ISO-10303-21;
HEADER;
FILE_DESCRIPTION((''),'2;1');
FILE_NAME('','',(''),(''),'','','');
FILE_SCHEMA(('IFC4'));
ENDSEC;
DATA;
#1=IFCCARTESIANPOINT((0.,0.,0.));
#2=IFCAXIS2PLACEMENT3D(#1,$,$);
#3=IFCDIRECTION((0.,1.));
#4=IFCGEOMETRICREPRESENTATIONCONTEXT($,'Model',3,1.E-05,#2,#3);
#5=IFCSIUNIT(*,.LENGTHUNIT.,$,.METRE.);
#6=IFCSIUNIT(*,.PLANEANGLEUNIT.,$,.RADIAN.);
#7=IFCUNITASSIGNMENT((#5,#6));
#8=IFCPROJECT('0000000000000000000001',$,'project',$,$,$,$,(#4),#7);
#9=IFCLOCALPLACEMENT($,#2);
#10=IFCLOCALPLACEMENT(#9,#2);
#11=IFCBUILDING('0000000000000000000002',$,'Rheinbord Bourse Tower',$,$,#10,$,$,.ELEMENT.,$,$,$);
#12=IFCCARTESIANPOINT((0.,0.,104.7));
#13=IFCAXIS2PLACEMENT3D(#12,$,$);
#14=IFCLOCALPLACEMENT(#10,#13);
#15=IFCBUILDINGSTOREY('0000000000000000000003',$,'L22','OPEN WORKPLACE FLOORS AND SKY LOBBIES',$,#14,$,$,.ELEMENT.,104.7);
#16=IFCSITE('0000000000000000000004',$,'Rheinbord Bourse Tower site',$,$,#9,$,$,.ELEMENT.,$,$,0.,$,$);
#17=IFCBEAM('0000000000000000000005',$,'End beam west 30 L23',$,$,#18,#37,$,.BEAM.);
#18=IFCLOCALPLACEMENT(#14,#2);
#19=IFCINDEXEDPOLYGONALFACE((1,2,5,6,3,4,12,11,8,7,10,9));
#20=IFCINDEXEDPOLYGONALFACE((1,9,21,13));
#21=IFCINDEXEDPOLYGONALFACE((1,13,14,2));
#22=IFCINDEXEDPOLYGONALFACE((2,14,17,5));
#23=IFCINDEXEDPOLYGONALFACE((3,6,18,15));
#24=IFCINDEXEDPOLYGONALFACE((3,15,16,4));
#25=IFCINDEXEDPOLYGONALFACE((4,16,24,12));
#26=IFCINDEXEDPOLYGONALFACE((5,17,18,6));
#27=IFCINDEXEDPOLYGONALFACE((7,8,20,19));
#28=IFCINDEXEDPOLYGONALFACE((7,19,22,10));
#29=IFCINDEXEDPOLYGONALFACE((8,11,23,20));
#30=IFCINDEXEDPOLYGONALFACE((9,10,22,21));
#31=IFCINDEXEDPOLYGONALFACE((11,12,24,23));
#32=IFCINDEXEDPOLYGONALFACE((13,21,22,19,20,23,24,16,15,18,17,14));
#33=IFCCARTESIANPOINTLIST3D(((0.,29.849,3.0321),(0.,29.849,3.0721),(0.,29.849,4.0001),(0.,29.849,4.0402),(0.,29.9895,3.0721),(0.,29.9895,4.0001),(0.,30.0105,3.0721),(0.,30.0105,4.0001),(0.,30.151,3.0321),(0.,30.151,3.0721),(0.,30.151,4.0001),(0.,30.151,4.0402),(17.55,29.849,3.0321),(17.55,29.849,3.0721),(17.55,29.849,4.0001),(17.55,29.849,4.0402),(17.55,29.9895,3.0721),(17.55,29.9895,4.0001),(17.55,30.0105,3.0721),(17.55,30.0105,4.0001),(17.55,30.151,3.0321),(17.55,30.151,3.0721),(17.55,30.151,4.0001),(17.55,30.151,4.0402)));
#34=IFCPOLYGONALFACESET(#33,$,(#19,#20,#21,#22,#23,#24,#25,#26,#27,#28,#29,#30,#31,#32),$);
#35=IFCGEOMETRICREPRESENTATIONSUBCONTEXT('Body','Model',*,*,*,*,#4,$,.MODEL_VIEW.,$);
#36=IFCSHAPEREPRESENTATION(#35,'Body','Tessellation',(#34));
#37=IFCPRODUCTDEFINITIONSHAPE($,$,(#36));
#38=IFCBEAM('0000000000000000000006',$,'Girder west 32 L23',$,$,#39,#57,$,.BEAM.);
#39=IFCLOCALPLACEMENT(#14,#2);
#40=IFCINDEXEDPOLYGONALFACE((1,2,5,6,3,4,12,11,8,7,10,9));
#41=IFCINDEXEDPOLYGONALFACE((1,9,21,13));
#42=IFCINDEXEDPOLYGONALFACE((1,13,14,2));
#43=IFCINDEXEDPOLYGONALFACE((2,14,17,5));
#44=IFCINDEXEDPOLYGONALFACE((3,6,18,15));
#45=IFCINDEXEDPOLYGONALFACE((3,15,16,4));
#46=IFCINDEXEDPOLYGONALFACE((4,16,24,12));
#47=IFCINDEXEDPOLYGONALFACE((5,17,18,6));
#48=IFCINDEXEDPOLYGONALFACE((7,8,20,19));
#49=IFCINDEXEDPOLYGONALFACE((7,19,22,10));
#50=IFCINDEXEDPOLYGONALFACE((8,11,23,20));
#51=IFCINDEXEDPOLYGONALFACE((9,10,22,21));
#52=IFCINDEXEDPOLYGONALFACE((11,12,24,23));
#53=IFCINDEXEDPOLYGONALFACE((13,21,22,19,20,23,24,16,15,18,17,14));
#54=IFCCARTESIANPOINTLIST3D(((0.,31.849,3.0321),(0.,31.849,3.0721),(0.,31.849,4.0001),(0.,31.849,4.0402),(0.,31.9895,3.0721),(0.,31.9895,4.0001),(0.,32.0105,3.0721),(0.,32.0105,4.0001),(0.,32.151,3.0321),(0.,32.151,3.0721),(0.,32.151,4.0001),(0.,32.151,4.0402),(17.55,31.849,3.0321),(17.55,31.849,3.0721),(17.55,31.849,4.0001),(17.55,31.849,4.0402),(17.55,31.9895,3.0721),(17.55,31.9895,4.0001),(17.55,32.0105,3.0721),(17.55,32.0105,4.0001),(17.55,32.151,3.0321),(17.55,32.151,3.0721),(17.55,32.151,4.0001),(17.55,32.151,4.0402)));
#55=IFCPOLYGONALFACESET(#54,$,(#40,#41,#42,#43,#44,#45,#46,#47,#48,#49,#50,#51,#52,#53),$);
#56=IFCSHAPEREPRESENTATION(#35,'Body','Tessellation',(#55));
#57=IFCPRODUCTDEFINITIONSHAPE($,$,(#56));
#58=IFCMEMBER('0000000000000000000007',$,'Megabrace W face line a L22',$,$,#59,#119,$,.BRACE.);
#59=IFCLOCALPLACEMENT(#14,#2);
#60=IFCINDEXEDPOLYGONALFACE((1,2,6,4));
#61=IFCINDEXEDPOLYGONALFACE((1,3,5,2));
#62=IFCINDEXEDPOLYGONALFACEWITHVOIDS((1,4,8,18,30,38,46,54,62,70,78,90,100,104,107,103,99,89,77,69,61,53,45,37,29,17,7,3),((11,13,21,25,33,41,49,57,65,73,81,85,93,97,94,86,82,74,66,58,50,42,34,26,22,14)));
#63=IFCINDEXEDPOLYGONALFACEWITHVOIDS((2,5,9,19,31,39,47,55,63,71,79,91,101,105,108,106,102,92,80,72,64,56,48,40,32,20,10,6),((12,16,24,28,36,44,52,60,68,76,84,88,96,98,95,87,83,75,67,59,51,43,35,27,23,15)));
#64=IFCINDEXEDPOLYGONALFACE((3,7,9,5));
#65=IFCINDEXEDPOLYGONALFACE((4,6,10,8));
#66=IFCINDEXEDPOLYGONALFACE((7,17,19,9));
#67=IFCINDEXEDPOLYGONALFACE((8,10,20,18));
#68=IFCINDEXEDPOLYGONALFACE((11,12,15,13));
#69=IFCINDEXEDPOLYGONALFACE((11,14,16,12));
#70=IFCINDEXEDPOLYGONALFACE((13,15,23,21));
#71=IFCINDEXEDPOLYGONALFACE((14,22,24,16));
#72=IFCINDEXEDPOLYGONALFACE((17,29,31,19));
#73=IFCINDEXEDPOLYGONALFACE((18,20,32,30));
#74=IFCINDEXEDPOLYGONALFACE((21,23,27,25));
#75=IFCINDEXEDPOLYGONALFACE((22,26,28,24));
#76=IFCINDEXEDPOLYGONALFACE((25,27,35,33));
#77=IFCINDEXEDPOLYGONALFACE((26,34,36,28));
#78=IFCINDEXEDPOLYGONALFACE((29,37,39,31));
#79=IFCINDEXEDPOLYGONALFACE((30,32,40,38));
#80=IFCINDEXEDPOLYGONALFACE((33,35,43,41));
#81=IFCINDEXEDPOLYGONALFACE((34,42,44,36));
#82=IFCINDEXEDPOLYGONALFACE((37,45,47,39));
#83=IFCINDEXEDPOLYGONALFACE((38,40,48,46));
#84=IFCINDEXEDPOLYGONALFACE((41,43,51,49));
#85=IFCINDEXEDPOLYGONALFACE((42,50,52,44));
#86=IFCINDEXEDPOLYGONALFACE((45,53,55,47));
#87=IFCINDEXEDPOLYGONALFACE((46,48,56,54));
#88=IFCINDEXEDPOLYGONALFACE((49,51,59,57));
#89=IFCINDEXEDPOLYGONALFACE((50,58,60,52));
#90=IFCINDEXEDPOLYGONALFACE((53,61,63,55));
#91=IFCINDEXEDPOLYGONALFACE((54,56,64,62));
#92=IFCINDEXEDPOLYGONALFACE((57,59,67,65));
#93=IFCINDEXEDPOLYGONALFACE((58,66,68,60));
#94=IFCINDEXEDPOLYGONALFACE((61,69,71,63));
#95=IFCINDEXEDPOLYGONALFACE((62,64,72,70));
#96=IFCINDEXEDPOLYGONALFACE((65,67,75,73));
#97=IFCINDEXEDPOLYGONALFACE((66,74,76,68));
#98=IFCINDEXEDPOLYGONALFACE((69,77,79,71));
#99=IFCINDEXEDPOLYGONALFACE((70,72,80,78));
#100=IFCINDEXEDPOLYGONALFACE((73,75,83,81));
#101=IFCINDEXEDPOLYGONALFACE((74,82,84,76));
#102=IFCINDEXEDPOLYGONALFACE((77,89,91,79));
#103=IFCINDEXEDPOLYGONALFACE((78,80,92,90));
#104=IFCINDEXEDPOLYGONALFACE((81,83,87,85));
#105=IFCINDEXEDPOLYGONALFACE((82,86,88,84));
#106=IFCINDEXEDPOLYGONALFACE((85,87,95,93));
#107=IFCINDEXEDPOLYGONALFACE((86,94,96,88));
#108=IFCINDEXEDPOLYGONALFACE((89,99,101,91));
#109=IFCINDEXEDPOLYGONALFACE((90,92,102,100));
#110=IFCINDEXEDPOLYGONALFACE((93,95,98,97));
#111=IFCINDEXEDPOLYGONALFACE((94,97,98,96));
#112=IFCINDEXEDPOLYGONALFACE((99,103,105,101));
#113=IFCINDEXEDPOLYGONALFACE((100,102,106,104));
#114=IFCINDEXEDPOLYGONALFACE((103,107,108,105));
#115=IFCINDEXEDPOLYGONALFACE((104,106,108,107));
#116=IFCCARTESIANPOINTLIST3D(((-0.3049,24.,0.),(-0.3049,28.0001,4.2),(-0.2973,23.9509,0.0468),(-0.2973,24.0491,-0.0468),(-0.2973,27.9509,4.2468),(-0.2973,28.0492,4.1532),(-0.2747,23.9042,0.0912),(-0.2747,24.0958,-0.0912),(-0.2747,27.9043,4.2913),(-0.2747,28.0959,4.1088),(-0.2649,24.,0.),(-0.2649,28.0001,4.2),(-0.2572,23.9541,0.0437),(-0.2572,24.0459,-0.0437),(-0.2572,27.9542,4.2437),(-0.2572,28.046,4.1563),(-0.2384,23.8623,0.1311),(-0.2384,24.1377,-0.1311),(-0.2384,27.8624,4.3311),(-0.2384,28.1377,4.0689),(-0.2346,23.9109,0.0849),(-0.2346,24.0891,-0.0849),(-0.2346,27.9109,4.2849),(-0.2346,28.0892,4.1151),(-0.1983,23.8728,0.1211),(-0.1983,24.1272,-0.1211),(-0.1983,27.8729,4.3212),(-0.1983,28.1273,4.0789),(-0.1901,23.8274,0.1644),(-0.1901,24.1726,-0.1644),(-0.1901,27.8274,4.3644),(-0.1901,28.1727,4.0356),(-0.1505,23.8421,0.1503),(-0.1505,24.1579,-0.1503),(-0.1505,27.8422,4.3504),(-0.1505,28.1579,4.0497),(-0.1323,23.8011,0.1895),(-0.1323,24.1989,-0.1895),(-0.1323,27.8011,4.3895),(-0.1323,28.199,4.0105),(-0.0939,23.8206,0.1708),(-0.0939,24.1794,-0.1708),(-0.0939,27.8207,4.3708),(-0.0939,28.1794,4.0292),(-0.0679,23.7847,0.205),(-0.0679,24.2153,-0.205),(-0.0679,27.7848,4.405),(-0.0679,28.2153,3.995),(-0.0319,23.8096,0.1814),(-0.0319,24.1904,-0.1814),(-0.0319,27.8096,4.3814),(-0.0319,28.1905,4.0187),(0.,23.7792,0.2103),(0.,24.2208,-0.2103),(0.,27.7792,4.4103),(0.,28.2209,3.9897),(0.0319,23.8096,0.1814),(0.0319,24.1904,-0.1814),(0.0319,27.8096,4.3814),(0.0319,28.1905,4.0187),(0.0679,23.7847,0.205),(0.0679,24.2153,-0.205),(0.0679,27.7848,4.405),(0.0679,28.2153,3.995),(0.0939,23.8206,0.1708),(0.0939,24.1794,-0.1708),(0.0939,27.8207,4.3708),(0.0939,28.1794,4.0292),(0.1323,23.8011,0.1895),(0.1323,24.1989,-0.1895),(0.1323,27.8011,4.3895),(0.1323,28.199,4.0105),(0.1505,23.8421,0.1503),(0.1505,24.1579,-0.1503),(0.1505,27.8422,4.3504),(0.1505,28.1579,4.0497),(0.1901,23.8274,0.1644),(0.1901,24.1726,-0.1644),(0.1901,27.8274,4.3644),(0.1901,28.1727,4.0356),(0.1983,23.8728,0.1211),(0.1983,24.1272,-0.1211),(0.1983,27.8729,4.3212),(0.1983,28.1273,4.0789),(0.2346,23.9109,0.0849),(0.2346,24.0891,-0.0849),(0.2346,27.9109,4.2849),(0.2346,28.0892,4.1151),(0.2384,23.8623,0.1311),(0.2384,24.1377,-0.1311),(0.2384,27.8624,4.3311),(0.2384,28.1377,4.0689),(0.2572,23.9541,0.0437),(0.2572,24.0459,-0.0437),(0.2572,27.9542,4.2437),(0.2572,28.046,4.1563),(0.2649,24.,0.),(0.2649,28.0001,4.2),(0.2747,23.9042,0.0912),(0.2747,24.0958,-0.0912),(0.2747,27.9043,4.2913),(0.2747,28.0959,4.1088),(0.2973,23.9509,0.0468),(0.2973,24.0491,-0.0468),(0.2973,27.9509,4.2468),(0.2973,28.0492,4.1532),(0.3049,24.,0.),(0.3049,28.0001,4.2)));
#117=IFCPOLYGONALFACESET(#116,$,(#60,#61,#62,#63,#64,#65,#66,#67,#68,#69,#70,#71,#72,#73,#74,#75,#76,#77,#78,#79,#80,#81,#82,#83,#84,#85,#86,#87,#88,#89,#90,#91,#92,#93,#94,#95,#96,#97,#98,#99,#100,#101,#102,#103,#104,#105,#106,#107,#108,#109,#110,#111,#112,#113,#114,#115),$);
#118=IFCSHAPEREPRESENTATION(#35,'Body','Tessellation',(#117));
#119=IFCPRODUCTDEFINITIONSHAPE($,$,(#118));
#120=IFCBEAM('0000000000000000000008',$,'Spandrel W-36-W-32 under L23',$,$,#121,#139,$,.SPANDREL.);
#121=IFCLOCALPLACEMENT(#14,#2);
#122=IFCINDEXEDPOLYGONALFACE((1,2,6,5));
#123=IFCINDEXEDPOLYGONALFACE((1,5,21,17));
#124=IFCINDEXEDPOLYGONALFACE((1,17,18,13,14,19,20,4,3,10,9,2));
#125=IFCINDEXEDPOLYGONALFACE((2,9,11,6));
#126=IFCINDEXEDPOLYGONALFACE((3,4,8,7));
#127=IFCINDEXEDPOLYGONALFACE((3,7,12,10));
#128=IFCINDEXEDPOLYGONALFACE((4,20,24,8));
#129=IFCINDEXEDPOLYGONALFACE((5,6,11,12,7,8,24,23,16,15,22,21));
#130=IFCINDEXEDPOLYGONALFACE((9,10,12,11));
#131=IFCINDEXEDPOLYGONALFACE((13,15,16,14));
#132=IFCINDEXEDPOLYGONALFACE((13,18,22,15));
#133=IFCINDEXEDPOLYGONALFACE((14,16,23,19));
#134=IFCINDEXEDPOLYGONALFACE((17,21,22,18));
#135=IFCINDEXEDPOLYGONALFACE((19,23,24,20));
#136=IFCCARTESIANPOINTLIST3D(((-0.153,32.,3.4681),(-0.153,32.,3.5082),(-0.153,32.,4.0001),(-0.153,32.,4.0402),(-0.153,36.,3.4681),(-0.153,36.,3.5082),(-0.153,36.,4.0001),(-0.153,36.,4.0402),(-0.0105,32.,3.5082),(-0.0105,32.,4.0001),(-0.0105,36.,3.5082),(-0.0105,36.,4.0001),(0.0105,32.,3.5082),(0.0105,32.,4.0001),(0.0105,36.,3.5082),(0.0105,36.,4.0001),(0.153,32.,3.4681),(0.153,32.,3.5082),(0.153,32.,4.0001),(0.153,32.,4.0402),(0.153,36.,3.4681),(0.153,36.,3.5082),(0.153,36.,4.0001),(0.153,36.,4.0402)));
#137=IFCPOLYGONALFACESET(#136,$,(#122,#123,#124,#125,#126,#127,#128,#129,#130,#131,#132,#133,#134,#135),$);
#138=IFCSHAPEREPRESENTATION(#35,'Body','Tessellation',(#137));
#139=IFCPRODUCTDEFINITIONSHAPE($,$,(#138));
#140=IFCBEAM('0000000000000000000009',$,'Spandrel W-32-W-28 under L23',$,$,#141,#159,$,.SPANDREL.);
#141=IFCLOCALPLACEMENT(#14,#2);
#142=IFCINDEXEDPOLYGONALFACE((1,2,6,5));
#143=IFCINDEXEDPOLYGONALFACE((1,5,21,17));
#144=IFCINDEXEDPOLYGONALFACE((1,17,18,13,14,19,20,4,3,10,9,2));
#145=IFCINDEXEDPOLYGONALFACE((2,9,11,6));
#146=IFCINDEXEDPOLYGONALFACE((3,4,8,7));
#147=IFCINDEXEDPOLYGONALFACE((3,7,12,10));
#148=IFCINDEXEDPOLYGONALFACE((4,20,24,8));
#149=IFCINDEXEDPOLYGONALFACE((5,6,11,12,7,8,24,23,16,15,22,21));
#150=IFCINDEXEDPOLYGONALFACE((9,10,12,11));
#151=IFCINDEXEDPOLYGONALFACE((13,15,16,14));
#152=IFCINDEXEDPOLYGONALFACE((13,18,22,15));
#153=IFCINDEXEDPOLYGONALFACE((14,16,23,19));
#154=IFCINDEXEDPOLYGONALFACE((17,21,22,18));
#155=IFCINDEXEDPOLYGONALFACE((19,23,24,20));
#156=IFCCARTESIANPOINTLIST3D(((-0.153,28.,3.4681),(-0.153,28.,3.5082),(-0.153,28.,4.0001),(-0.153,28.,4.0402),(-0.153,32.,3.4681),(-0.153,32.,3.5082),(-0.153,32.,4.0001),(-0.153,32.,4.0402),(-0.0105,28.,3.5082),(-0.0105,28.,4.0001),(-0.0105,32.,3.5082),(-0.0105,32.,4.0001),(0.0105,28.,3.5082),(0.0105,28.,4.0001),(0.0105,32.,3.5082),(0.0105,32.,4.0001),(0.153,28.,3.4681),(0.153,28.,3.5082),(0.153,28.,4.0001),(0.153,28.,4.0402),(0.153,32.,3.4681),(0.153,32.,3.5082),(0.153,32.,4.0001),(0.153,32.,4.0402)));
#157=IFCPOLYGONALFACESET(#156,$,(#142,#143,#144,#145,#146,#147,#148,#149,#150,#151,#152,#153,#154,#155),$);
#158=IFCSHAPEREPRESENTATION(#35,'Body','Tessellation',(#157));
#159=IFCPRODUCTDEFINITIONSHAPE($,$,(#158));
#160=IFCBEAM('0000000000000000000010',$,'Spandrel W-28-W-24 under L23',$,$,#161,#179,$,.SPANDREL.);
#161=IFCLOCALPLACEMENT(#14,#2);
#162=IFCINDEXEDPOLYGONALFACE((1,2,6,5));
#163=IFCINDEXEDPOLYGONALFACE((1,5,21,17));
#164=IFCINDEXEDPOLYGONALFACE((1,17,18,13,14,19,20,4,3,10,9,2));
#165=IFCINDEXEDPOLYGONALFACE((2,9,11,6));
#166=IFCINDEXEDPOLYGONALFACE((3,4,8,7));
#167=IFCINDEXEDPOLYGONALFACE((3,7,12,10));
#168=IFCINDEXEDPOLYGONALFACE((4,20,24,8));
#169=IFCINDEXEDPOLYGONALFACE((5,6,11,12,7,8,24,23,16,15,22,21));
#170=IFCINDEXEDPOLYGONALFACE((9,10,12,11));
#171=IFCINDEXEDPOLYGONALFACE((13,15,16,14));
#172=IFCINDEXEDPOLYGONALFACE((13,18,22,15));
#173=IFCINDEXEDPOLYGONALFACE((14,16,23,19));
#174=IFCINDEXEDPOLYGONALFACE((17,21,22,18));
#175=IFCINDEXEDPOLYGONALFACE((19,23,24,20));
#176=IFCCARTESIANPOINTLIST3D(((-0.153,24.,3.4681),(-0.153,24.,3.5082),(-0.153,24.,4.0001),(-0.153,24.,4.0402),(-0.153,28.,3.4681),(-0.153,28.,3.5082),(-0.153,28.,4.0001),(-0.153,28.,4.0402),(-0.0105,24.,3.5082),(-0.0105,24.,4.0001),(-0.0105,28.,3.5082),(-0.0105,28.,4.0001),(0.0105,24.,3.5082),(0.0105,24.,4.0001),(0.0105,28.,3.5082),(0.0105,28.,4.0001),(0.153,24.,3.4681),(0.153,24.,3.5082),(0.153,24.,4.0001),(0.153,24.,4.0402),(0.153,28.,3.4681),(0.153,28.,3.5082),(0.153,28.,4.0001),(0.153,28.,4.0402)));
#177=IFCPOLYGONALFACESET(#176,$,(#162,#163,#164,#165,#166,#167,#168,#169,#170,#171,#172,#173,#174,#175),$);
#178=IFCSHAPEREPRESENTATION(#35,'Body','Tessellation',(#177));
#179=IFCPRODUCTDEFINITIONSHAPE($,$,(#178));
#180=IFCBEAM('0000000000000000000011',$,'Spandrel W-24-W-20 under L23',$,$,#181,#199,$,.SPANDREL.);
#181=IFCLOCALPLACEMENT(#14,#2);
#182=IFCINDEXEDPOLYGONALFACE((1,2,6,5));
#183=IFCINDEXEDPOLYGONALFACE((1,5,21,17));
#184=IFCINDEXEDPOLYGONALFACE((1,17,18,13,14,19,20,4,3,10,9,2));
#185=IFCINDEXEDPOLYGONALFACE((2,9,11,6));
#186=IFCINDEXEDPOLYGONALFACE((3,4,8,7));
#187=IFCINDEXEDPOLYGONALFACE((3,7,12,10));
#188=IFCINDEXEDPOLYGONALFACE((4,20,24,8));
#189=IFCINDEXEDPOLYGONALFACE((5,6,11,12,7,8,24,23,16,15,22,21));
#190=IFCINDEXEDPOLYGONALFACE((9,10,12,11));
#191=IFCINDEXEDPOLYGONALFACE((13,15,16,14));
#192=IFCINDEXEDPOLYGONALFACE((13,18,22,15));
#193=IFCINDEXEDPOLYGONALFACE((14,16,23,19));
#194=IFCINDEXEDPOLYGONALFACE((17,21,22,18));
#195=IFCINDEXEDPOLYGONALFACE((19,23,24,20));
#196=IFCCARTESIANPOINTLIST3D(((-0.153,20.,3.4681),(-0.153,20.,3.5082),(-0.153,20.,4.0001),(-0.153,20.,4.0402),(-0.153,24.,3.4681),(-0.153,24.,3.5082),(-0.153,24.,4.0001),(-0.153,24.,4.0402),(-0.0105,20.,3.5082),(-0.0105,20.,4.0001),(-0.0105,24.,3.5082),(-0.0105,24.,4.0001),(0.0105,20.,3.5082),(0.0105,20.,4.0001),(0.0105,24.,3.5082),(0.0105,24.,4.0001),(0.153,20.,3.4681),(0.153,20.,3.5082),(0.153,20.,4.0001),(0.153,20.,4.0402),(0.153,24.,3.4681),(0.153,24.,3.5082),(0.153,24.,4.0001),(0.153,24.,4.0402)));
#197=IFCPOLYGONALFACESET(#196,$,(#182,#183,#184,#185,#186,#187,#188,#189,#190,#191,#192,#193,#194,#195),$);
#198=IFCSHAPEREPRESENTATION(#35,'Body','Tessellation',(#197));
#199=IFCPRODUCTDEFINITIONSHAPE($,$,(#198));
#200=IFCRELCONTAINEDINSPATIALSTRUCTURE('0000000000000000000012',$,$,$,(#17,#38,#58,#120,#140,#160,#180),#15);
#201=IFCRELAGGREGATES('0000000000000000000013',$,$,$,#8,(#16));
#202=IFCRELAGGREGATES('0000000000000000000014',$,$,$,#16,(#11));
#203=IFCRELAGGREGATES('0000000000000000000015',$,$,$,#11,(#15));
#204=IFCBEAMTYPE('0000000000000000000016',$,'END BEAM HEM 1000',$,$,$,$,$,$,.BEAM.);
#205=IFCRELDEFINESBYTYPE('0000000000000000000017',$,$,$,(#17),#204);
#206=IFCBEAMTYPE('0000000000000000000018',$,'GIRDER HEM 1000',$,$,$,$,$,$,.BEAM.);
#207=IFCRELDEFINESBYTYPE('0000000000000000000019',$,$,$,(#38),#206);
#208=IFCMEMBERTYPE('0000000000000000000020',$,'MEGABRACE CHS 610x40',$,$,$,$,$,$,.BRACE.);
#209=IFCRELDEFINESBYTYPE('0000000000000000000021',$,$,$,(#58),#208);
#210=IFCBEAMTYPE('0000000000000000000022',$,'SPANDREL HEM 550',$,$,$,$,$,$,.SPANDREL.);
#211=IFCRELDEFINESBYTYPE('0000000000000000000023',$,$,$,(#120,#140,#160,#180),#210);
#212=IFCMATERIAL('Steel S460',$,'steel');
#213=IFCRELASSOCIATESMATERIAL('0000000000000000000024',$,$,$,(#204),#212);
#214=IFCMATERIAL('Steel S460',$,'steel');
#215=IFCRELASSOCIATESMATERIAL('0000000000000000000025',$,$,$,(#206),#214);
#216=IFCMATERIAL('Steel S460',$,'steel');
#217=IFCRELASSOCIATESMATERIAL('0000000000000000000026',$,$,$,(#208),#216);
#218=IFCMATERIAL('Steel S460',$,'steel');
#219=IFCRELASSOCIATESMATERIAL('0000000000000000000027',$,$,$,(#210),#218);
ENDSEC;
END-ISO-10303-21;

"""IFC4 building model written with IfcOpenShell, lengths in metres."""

from ifc_helpers import new_model, si_unit, direction, frame, origin, origin_2d, place, context, subcontext, project, spatial, hollow_circle, i_section, extrude, material, material_profile, profile_set, type_object, element, save


model = new_model("IFC4")

# Units and contexts
model_context = context("Model", 3, precision=1e-05, world=origin(), true_north=direction((0.0, 1.0)))
body_context = subcontext(model_context, "Body", "Model", "MODEL_VIEW")
ifc_project = project(units=[si_unit("LENGTHUNIT", "METRE"), si_unit("PLANEANGLEUNIT", "RADIAN")], contexts=[model_context])

# Site, building, storey
site_placement = place(None, origin())
site = spatial("IfcSite", under=ifc_project, at=site_placement, Name="Rheinbord Bourse Tower site", CompositionType="ELEMENT", RefElevation=0.0)
building_placement = place(site_placement, origin())
building = spatial("IfcBuilding", under=site, at=building_placement, Name="Rheinbord Bourse Tower", CompositionType="ELEMENT")
storey_placement = place(building_placement, frame((0.0, 0.0, 104.7)))
storey = spatial("IfcBuildingStorey", under=building, at=storey_placement, Name="L22", Description="OPEN WORKPLACE FLOORS AND SKY LOBBIES", CompositionType="ELEMENT", Elevation=104.7)

# Beams
ifc_material_1 = material(Name="Steel S460", Category="steel")
ifc_material_profile_1 = material_profile(ifc_material_1, i_section(OverallWidth=0.302, OverallDepth=1.0081, WebThickness=0.021, FlangeThickness=0.04, at=origin_2d()), Name="HEM 1000")
ifc_profile_set_1 = profile_set([ifc_material_profile_1], Name="Steel S460")
beam_type_1 = type_object("IfcBeamType", Name="END BEAM HEM 1000", PredefinedType="BEAM", material=ifc_profile_set_1)
for number, where, z_axis, x_axis, name in (
    (1, (0.0, 30.0, 3.5361), (1.0, 0.0, 0.0), (0.0, 1.0, 0.0), "End beam west 30 L23"),
):
    element("IfcBeam", number, at=place(storey_placement, frame(where, z_axis=z_axis, x_axis=x_axis)), inside=storey, type_object=beam_type_1, Name=name, PredefinedType="BEAM", context=body_context, shape_type="SweptSolid", body=[
        extrude(i_section(OverallWidth=0.302, OverallDepth=1.0081, WebThickness=0.021, FlangeThickness=0.04, at=origin_2d()), origin(), (0.0, 0.0, 1.0), 17.55),
    ])
ifc_material_2 = material(Name="Steel S460", Category="steel")
ifc_material_profile_2 = material_profile(ifc_material_2, i_section(OverallWidth=0.302, OverallDepth=1.0081, WebThickness=0.021, FlangeThickness=0.04, at=origin_2d()), Name="HEM 1000")
ifc_profile_set_2 = profile_set([ifc_material_profile_2], Name="Steel S460")
beam_type_2 = type_object("IfcBeamType", Name="GIRDER HEM 1000", PredefinedType="BEAM", material=ifc_profile_set_2)
beam_placement = place(storey_placement, frame((0.0, 32.0, 3.5361), z_axis=(1.0, 0.0, 0.0), x_axis=(0.0, 1.0, 0.0)))
element("IfcBeam", 2, at=beam_placement, inside=storey, type_object=beam_type_2, Name="Girder west 32 L23", PredefinedType="BEAM", context=body_context, shape_type="SweptSolid", body=[
    extrude(i_section(OverallWidth=0.302, OverallDepth=1.0081, WebThickness=0.021, FlangeThickness=0.04, at=origin_2d()), origin(), (0.0, 0.0, 1.0), 17.55),
])

# Member
ifc_material_3 = material(Name="Steel S460", Category="steel")
ifc_material_profile_3 = material_profile(ifc_material_3, hollow_circle(Radius=0.3049, WallThickness=0.04, at=origin_2d()), Name="CHS 610x40")
ifc_profile_set_3 = profile_set([ifc_material_profile_3], Name="Steel S460")
member_type_1 = type_object("IfcMemberType", Name="MEGABRACE CHS 610x40", PredefinedType="BRACE", material=ifc_profile_set_3)
member_1_placement = place(storey_placement, frame((0.0, 24.0, 0.0), z_axis=(0.0, 0.689659, 0.724134), x_axis=(-1.0, 0.0, 0.0)))
element("IfcMember", 3, at=member_1_placement, inside=storey, type_object=member_type_1, Name="Megabrace W face line a L22", PredefinedType="BRACE", context=body_context, shape_type="SweptSolid", body=[
    extrude(hollow_circle(Radius=0.3049, WallThickness=0.04, at=origin_2d()), origin(), (0.0, 0.0, 1.0), 5.8),
])

# Beams
ifc_material_4 = material(Name="Steel S460", Category="steel")
ifc_material_profile_4 = material_profile(ifc_material_4, i_section(OverallWidth=0.3059, OverallDepth=0.572, WebThickness=0.021, FlangeThickness=0.04, at=origin_2d()), Name="HEM 550")
ifc_profile_set_4 = profile_set([ifc_material_profile_4], Name="Steel S460")
beam_type_3 = type_object("IfcBeamType", Name="SPANDREL HEM 550", PredefinedType="SPANDREL", material=ifc_profile_set_4)
for number, where, z_axis, x_axis, name in (
    (4, (0.0, 36.0, 3.7542), (0.0, -1.0, 0.0), (1.0, 0.0, 0.0), "Spandrel W-36-W-32 under L23"),
    (5, (0.0, 32.0, 3.7542), (0.0, -1.0, 0.0), (1.0, 0.0, 0.0), "Spandrel W-32-W-28 under L23"),
    (6, (0.0, 28.0, 3.7542), (0.0, -1.0, 0.0), (1.0, 0.0, 0.0), "Spandrel W-28-W-24 under L23"),
    (7, (0.0, 24.0, 3.7542), (0.0, -1.0, 0.0), (1.0, 0.0, 0.0), "Spandrel W-24-W-20 under L23"),
):
    element("IfcBeam", number, at=place(storey_placement, frame(where, z_axis=z_axis, x_axis=x_axis)), inside=storey, type_object=beam_type_3, Name=name, PredefinedType="SPANDREL", context=body_context, shape_type="SweptSolid", body=[
        extrude(i_section(OverallWidth=0.3059, OverallDepth=0.572, WebThickness=0.021, FlangeThickness=0.04, at=origin_2d()), origin(), (0.0, 0.0, 1.0), 4.0),
    ])

save(model, "model.ifc")
